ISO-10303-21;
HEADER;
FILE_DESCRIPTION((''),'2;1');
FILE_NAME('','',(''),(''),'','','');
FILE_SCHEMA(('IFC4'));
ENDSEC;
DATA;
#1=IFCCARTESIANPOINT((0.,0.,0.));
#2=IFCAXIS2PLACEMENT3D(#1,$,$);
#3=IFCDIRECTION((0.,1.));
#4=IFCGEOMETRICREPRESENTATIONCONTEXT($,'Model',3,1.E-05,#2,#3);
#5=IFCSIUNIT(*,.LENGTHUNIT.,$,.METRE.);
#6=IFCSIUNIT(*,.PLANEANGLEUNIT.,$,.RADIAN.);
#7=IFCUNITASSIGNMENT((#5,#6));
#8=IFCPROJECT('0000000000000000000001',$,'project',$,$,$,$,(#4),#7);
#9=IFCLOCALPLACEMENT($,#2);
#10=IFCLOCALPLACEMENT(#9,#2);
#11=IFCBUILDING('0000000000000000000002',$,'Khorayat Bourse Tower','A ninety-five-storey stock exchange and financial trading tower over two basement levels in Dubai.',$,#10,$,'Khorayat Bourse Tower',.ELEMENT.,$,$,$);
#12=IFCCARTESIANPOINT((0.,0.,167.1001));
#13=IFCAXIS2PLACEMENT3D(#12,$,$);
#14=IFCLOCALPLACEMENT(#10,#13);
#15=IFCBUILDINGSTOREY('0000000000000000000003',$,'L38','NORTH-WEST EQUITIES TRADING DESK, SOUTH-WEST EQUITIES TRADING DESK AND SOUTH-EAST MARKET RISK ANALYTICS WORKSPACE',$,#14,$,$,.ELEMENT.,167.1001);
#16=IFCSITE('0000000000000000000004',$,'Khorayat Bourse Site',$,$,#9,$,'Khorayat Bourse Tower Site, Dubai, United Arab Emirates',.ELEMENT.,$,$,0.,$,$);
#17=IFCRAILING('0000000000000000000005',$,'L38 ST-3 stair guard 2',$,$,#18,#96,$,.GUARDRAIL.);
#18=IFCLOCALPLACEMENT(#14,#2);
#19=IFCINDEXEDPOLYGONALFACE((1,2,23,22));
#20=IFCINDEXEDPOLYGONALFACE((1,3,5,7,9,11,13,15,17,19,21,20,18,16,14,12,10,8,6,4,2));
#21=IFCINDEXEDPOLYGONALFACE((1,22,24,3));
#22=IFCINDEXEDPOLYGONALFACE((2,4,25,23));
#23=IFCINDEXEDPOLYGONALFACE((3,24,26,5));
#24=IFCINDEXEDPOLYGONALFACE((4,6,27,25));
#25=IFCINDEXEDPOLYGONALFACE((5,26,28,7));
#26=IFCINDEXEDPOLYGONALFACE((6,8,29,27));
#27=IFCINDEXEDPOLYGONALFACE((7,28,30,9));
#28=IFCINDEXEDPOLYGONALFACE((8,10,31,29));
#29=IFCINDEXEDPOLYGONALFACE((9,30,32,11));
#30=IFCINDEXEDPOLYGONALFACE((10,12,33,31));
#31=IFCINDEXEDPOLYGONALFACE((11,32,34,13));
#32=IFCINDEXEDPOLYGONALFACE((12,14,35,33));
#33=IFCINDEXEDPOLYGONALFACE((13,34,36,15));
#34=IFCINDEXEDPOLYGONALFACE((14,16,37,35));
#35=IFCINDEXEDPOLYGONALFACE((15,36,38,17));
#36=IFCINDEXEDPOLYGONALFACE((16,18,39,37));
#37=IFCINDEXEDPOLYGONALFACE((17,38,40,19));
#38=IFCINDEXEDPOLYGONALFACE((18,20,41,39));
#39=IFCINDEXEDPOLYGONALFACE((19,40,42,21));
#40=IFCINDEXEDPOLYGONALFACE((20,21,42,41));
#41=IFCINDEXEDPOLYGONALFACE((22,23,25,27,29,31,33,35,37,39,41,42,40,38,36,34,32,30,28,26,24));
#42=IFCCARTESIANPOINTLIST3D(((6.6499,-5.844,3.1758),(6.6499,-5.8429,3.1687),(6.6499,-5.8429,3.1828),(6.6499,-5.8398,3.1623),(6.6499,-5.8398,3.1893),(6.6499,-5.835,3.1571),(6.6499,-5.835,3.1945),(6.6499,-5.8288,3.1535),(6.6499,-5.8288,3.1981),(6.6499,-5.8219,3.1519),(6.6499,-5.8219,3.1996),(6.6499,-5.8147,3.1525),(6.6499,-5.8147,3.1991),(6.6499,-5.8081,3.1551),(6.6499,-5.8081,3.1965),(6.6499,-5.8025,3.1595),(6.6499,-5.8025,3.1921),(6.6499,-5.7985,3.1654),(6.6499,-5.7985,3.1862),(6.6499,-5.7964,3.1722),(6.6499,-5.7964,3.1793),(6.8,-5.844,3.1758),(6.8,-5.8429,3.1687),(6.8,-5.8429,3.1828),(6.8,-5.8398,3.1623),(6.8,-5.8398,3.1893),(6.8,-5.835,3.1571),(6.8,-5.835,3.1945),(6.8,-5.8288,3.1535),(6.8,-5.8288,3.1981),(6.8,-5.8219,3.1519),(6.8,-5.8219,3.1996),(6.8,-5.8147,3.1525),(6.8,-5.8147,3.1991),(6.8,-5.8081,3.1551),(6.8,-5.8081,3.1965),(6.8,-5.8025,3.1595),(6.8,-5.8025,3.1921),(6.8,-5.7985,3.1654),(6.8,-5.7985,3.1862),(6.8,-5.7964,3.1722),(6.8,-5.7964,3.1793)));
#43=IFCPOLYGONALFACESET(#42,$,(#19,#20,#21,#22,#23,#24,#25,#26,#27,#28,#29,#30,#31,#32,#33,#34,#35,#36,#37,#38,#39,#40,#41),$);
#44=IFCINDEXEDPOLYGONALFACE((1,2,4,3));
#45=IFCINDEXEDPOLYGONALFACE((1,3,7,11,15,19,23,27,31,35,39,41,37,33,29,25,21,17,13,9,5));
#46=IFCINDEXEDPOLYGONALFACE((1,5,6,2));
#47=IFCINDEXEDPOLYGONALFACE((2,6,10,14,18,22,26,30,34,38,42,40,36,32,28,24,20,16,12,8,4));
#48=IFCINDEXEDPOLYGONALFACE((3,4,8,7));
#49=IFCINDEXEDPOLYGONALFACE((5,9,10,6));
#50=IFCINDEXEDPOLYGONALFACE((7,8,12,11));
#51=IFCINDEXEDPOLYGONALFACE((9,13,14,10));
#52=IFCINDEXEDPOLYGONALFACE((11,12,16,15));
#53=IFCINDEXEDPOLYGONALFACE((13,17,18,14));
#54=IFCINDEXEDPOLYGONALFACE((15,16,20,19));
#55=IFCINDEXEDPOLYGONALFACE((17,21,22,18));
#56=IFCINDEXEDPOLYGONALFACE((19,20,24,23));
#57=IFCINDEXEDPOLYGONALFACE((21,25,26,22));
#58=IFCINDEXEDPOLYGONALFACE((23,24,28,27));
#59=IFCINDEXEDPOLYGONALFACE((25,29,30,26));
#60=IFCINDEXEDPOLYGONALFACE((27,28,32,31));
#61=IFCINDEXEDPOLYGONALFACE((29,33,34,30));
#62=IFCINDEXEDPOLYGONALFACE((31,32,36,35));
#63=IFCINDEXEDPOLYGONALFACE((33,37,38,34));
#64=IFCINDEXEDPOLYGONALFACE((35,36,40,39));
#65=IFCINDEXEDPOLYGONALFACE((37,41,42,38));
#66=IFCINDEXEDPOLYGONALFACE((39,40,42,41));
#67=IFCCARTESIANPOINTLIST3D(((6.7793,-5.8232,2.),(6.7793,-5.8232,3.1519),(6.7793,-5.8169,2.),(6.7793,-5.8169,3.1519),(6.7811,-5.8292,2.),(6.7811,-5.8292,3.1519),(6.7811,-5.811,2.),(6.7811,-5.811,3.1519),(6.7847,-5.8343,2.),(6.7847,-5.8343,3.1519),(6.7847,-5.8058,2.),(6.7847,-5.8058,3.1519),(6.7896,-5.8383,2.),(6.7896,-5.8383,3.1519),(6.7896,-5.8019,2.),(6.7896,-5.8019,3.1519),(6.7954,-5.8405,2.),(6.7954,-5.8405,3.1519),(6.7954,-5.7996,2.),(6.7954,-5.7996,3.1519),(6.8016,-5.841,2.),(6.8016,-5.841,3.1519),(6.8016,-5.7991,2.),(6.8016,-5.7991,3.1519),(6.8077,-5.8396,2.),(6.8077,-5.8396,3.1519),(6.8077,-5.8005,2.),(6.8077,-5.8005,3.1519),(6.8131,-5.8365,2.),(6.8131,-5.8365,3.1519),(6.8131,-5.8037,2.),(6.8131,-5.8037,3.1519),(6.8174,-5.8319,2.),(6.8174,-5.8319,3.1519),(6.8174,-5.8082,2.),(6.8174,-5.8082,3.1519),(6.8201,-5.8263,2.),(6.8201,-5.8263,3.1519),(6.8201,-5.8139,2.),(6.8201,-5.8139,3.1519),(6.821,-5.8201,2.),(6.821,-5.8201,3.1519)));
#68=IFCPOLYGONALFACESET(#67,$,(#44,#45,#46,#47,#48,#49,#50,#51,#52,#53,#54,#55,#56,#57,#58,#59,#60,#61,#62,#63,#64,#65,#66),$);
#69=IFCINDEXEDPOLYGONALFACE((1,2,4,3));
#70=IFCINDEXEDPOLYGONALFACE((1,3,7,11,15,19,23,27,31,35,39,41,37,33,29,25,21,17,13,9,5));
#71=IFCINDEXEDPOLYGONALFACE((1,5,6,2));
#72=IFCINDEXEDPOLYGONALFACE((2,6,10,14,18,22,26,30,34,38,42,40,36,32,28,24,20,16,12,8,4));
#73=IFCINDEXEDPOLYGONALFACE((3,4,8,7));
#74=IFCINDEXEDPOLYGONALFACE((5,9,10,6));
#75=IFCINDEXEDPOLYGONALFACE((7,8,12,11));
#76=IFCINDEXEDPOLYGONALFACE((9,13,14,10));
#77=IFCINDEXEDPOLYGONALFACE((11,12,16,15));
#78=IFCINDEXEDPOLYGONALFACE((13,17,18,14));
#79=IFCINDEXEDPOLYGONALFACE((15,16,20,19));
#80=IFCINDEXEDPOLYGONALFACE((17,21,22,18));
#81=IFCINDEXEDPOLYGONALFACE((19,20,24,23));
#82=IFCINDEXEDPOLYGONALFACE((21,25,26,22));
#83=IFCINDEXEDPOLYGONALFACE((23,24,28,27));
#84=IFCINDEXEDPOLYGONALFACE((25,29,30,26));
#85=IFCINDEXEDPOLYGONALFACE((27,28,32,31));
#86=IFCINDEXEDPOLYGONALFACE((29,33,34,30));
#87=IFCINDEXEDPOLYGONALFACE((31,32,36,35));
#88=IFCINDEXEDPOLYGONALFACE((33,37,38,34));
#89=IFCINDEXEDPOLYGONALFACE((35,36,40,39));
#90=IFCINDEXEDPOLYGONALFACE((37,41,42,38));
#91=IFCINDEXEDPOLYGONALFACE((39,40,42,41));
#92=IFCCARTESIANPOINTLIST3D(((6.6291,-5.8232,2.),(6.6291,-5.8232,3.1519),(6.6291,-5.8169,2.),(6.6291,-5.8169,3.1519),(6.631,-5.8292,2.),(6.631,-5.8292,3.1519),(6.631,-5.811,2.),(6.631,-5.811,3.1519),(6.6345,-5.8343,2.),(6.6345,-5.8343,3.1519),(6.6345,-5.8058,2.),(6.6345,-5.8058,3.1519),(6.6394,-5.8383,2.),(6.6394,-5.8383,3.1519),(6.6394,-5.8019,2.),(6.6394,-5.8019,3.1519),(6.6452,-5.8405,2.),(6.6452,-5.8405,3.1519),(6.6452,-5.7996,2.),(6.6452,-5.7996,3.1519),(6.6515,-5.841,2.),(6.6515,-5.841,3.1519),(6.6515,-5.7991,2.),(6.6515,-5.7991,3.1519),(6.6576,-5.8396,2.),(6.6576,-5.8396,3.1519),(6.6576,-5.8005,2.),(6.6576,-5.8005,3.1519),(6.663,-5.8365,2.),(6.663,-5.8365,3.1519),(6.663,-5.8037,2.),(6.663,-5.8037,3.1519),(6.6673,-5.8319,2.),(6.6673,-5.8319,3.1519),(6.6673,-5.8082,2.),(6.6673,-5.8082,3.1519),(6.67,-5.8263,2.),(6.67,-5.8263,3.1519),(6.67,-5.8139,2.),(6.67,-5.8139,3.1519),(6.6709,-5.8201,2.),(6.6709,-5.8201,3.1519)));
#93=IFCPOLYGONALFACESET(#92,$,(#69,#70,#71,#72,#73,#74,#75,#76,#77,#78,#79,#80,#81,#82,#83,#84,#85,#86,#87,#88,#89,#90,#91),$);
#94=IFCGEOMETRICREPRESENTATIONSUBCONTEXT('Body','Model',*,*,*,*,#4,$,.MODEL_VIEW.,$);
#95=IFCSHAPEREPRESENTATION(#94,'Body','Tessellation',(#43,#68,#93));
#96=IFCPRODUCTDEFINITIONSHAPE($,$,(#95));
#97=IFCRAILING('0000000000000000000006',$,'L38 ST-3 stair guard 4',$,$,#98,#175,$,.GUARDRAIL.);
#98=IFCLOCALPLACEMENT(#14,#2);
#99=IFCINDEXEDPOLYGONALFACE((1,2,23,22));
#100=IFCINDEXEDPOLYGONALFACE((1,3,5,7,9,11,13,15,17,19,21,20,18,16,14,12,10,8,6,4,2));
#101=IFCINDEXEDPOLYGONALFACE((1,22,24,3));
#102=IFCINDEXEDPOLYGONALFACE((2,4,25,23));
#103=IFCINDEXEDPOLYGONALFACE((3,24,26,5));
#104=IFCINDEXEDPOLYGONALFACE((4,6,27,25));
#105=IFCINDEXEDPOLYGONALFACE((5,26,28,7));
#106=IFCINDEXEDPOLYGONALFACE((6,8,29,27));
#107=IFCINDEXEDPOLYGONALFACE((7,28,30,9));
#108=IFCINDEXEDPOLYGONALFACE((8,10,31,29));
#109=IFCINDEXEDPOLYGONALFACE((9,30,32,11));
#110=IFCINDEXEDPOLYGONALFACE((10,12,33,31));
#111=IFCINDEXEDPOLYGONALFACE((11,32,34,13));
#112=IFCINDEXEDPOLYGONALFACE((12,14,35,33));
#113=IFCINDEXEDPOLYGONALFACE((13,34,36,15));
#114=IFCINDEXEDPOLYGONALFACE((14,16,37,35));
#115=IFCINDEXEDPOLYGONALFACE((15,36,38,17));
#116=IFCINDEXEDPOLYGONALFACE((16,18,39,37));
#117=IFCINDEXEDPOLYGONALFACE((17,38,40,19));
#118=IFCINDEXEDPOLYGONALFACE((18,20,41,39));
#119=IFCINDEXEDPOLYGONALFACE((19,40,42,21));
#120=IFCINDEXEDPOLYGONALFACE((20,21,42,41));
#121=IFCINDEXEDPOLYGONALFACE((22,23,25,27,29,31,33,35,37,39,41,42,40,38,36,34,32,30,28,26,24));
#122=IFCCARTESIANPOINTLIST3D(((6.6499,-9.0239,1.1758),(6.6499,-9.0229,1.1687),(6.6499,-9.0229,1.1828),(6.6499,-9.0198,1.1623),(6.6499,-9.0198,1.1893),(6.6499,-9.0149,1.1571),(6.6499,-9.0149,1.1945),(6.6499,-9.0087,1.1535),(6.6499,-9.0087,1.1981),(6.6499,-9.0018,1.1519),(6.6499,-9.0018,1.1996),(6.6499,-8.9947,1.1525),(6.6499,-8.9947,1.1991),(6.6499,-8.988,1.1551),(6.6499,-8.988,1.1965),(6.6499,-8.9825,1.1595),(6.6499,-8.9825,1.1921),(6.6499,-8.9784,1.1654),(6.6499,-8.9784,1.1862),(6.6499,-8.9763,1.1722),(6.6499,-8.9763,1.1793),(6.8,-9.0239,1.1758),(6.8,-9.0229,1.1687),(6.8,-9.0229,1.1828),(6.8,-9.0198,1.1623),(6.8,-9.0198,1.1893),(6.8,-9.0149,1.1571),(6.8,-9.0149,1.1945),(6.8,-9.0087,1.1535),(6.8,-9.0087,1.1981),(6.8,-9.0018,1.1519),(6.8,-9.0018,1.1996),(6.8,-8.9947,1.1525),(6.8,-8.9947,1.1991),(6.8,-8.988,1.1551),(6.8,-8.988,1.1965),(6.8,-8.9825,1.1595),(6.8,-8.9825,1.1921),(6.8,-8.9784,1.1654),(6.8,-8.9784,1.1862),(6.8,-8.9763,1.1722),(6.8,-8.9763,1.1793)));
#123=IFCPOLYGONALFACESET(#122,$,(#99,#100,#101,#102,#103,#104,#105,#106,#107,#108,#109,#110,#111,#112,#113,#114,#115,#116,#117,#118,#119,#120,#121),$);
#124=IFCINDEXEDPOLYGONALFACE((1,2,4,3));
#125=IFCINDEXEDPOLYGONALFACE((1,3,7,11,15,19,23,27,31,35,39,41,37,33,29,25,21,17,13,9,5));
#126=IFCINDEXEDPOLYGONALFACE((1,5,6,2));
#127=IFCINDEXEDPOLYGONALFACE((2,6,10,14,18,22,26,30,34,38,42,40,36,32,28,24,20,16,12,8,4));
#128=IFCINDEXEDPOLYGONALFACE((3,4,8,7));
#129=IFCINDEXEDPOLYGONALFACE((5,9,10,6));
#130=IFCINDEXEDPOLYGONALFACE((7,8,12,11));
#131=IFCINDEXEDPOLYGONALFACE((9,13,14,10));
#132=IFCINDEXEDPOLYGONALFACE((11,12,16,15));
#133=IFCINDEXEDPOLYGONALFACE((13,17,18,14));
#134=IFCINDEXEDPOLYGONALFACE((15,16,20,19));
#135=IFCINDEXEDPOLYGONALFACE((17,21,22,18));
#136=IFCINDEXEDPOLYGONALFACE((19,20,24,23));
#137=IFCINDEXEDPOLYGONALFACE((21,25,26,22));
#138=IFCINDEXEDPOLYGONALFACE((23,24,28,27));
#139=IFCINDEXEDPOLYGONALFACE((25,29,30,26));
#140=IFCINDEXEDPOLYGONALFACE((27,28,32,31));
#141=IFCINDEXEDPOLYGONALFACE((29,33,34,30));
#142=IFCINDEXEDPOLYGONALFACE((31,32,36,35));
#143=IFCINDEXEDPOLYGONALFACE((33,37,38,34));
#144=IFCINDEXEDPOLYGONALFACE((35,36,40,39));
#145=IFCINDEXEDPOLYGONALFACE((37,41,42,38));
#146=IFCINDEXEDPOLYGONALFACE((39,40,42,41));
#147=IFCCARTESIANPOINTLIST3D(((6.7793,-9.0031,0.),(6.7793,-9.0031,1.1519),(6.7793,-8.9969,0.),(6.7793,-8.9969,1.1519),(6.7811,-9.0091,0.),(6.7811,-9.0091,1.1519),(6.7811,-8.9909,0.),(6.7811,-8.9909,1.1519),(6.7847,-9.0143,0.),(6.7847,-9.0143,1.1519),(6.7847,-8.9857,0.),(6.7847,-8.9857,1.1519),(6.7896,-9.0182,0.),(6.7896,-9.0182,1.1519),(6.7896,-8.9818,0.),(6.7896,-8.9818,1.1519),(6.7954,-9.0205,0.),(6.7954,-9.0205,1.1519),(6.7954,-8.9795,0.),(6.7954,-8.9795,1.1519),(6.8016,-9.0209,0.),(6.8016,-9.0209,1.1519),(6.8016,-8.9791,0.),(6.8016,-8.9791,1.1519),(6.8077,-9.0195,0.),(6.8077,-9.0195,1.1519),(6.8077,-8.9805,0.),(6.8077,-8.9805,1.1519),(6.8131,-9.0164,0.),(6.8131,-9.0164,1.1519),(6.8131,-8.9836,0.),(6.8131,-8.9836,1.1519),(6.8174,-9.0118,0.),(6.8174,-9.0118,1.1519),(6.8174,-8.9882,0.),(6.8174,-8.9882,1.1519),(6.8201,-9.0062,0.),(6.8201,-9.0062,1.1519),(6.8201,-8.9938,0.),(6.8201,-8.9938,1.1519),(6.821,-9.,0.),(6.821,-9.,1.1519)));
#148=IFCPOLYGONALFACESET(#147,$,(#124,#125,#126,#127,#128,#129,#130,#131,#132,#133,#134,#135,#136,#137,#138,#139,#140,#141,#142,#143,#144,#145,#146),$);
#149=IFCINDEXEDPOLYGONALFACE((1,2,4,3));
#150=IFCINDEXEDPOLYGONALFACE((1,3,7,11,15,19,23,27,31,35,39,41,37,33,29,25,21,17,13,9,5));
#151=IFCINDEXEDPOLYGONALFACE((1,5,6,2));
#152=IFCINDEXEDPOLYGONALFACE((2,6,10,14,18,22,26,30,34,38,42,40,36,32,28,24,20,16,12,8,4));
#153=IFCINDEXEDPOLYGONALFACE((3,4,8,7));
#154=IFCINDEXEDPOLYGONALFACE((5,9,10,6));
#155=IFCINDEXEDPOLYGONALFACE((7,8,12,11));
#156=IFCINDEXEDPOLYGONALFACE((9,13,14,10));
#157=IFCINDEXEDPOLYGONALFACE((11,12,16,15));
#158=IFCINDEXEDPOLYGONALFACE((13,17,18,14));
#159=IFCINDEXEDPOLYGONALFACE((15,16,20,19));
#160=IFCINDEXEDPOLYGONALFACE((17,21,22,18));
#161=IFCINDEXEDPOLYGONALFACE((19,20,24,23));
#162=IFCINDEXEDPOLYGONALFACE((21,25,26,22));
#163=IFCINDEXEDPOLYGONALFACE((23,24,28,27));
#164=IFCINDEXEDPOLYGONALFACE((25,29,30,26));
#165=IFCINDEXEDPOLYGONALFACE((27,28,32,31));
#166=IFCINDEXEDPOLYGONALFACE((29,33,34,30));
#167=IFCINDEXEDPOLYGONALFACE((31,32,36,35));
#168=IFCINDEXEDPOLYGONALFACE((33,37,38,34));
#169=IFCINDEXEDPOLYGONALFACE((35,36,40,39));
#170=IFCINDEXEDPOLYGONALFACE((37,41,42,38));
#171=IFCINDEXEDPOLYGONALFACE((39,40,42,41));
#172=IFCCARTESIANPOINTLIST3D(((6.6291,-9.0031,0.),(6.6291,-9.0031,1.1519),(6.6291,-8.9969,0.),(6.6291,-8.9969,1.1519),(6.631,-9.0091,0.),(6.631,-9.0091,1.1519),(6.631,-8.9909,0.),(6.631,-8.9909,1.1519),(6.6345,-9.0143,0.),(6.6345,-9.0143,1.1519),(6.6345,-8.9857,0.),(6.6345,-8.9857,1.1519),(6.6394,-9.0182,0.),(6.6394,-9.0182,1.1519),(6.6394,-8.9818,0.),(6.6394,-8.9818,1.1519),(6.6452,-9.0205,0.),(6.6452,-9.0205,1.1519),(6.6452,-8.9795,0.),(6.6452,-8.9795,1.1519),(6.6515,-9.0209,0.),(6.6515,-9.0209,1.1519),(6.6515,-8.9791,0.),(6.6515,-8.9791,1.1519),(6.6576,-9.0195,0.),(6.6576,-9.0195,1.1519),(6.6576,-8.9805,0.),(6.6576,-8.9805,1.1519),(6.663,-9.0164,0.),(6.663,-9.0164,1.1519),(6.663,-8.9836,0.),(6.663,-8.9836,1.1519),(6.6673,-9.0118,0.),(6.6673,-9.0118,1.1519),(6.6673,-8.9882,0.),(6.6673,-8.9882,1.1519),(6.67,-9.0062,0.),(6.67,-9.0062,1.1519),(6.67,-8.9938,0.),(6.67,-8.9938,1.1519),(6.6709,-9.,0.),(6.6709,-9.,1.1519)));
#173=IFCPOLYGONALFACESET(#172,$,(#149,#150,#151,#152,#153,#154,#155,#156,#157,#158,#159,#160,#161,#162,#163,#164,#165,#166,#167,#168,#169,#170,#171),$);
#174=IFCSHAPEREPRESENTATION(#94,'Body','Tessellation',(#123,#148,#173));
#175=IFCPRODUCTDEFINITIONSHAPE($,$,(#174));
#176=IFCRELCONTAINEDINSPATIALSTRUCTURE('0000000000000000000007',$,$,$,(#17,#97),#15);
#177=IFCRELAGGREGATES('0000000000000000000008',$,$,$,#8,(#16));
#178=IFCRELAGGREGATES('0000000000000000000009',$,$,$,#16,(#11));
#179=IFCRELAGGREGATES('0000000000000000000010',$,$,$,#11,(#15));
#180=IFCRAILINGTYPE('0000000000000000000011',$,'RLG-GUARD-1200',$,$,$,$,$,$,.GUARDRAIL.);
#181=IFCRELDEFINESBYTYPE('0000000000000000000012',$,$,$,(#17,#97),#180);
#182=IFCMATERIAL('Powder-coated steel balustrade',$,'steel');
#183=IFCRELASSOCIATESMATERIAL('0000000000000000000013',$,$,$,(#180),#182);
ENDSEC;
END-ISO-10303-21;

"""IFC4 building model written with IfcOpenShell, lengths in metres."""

from ifc_helpers import new_model, si_unit, direction, frame, origin, origin_2d, place, context, subcontext, project, spatial, circle, extrude, source, transform, mapped, material, type_object, element, save


model = new_model("IFC4")

# Units and contexts
model_context = context("Model", 3, precision=1e-05, world=origin(), true_north=direction((0.0, 1.0)))
body_context = subcontext(model_context, "Body", "Model", "MODEL_VIEW")
ifc_project = project(units=[si_unit("LENGTHUNIT", "METRE"), si_unit("PLANEANGLEUNIT", "RADIAN")], contexts=[model_context])

# Site, building, storey
site_placement = place(None, origin())
site = spatial("IfcSite", under=ifc_project, at=site_placement, Name="Khorayat Bourse Site", LongName="Khorayat Bourse Tower Site, Dubai, United Arab Emirates", CompositionType="ELEMENT", RefElevation=0.0)
building_placement = place(site_placement, origin())
building = spatial("IfcBuilding", under=site, at=building_placement, Name="Khorayat Bourse Tower", Description="A ninety-five-storey stock exchange and financial trading tower over two basement levels in Dubai.", LongName="Khorayat Bourse Tower", CompositionType="ELEMENT")
storey_placement = place(building_placement, frame((0.0, 0.0, 167.1001)))
storey = spatial("IfcBuildingStorey", under=building, at=storey_placement, Name="L38", Description="NORTH-WEST EQUITIES TRADING DESK, SOUTH-WEST EQUITIES TRADING DESK AND SOUTH-EAST MARKET RISK ANALYTICS WORKSPACE", CompositionType="ELEMENT", Elevation=167.1001)

# Railings
ifc_material_1 = material(Name="Powder-coated steel balustrade", Category="steel")
railing_type_1 = type_object("IfcRailingType", Name="RLG-GUARD-1200", PredefinedType="GUARDRAIL", material=ifc_material_1)
shared_shape_1 = source(origin(), body_context, "Body", "SweptSolid", [
    extrude(circle(Radius=0.0239, at=origin_2d()), frame((0.0, 0.0, 1.1758), z_axis=(-1.0, 0.0, 0.0), x_axis=(0.0, -1.0, 0.0)), (0.0, 0.0, 1.0), 0.1501),
    extrude(circle(Radius=0.021, at=origin_2d()), origin(), (0.0, 0.0, 1.0), 1.1519),
    extrude(circle(Radius=0.021, at=origin_2d()), frame((-0.1501, 0.0, 0.0)), (0.0, 0.0, 1.0), 1.1519),
])
for number, where, name in (
    (1, (6.8, -5.8201, 2.0), "L38 ST-3 stair guard 2"),
    (2, (6.8, -9.0, 0.0), "L38 ST-3 stair guard 4"),
):
    element("IfcRailing", number, at=place(storey_placement, frame(where)), inside=storey, type_object=railing_type_1, Name=name, PredefinedType="GUARDRAIL", context=body_context, shape_type="MappedRepresentation", body=[
        mapped(shared_shape_1, transform((0.0, 0.0, 0.0), scale=1.0)),
    ])

save(model, "model.ifc")
